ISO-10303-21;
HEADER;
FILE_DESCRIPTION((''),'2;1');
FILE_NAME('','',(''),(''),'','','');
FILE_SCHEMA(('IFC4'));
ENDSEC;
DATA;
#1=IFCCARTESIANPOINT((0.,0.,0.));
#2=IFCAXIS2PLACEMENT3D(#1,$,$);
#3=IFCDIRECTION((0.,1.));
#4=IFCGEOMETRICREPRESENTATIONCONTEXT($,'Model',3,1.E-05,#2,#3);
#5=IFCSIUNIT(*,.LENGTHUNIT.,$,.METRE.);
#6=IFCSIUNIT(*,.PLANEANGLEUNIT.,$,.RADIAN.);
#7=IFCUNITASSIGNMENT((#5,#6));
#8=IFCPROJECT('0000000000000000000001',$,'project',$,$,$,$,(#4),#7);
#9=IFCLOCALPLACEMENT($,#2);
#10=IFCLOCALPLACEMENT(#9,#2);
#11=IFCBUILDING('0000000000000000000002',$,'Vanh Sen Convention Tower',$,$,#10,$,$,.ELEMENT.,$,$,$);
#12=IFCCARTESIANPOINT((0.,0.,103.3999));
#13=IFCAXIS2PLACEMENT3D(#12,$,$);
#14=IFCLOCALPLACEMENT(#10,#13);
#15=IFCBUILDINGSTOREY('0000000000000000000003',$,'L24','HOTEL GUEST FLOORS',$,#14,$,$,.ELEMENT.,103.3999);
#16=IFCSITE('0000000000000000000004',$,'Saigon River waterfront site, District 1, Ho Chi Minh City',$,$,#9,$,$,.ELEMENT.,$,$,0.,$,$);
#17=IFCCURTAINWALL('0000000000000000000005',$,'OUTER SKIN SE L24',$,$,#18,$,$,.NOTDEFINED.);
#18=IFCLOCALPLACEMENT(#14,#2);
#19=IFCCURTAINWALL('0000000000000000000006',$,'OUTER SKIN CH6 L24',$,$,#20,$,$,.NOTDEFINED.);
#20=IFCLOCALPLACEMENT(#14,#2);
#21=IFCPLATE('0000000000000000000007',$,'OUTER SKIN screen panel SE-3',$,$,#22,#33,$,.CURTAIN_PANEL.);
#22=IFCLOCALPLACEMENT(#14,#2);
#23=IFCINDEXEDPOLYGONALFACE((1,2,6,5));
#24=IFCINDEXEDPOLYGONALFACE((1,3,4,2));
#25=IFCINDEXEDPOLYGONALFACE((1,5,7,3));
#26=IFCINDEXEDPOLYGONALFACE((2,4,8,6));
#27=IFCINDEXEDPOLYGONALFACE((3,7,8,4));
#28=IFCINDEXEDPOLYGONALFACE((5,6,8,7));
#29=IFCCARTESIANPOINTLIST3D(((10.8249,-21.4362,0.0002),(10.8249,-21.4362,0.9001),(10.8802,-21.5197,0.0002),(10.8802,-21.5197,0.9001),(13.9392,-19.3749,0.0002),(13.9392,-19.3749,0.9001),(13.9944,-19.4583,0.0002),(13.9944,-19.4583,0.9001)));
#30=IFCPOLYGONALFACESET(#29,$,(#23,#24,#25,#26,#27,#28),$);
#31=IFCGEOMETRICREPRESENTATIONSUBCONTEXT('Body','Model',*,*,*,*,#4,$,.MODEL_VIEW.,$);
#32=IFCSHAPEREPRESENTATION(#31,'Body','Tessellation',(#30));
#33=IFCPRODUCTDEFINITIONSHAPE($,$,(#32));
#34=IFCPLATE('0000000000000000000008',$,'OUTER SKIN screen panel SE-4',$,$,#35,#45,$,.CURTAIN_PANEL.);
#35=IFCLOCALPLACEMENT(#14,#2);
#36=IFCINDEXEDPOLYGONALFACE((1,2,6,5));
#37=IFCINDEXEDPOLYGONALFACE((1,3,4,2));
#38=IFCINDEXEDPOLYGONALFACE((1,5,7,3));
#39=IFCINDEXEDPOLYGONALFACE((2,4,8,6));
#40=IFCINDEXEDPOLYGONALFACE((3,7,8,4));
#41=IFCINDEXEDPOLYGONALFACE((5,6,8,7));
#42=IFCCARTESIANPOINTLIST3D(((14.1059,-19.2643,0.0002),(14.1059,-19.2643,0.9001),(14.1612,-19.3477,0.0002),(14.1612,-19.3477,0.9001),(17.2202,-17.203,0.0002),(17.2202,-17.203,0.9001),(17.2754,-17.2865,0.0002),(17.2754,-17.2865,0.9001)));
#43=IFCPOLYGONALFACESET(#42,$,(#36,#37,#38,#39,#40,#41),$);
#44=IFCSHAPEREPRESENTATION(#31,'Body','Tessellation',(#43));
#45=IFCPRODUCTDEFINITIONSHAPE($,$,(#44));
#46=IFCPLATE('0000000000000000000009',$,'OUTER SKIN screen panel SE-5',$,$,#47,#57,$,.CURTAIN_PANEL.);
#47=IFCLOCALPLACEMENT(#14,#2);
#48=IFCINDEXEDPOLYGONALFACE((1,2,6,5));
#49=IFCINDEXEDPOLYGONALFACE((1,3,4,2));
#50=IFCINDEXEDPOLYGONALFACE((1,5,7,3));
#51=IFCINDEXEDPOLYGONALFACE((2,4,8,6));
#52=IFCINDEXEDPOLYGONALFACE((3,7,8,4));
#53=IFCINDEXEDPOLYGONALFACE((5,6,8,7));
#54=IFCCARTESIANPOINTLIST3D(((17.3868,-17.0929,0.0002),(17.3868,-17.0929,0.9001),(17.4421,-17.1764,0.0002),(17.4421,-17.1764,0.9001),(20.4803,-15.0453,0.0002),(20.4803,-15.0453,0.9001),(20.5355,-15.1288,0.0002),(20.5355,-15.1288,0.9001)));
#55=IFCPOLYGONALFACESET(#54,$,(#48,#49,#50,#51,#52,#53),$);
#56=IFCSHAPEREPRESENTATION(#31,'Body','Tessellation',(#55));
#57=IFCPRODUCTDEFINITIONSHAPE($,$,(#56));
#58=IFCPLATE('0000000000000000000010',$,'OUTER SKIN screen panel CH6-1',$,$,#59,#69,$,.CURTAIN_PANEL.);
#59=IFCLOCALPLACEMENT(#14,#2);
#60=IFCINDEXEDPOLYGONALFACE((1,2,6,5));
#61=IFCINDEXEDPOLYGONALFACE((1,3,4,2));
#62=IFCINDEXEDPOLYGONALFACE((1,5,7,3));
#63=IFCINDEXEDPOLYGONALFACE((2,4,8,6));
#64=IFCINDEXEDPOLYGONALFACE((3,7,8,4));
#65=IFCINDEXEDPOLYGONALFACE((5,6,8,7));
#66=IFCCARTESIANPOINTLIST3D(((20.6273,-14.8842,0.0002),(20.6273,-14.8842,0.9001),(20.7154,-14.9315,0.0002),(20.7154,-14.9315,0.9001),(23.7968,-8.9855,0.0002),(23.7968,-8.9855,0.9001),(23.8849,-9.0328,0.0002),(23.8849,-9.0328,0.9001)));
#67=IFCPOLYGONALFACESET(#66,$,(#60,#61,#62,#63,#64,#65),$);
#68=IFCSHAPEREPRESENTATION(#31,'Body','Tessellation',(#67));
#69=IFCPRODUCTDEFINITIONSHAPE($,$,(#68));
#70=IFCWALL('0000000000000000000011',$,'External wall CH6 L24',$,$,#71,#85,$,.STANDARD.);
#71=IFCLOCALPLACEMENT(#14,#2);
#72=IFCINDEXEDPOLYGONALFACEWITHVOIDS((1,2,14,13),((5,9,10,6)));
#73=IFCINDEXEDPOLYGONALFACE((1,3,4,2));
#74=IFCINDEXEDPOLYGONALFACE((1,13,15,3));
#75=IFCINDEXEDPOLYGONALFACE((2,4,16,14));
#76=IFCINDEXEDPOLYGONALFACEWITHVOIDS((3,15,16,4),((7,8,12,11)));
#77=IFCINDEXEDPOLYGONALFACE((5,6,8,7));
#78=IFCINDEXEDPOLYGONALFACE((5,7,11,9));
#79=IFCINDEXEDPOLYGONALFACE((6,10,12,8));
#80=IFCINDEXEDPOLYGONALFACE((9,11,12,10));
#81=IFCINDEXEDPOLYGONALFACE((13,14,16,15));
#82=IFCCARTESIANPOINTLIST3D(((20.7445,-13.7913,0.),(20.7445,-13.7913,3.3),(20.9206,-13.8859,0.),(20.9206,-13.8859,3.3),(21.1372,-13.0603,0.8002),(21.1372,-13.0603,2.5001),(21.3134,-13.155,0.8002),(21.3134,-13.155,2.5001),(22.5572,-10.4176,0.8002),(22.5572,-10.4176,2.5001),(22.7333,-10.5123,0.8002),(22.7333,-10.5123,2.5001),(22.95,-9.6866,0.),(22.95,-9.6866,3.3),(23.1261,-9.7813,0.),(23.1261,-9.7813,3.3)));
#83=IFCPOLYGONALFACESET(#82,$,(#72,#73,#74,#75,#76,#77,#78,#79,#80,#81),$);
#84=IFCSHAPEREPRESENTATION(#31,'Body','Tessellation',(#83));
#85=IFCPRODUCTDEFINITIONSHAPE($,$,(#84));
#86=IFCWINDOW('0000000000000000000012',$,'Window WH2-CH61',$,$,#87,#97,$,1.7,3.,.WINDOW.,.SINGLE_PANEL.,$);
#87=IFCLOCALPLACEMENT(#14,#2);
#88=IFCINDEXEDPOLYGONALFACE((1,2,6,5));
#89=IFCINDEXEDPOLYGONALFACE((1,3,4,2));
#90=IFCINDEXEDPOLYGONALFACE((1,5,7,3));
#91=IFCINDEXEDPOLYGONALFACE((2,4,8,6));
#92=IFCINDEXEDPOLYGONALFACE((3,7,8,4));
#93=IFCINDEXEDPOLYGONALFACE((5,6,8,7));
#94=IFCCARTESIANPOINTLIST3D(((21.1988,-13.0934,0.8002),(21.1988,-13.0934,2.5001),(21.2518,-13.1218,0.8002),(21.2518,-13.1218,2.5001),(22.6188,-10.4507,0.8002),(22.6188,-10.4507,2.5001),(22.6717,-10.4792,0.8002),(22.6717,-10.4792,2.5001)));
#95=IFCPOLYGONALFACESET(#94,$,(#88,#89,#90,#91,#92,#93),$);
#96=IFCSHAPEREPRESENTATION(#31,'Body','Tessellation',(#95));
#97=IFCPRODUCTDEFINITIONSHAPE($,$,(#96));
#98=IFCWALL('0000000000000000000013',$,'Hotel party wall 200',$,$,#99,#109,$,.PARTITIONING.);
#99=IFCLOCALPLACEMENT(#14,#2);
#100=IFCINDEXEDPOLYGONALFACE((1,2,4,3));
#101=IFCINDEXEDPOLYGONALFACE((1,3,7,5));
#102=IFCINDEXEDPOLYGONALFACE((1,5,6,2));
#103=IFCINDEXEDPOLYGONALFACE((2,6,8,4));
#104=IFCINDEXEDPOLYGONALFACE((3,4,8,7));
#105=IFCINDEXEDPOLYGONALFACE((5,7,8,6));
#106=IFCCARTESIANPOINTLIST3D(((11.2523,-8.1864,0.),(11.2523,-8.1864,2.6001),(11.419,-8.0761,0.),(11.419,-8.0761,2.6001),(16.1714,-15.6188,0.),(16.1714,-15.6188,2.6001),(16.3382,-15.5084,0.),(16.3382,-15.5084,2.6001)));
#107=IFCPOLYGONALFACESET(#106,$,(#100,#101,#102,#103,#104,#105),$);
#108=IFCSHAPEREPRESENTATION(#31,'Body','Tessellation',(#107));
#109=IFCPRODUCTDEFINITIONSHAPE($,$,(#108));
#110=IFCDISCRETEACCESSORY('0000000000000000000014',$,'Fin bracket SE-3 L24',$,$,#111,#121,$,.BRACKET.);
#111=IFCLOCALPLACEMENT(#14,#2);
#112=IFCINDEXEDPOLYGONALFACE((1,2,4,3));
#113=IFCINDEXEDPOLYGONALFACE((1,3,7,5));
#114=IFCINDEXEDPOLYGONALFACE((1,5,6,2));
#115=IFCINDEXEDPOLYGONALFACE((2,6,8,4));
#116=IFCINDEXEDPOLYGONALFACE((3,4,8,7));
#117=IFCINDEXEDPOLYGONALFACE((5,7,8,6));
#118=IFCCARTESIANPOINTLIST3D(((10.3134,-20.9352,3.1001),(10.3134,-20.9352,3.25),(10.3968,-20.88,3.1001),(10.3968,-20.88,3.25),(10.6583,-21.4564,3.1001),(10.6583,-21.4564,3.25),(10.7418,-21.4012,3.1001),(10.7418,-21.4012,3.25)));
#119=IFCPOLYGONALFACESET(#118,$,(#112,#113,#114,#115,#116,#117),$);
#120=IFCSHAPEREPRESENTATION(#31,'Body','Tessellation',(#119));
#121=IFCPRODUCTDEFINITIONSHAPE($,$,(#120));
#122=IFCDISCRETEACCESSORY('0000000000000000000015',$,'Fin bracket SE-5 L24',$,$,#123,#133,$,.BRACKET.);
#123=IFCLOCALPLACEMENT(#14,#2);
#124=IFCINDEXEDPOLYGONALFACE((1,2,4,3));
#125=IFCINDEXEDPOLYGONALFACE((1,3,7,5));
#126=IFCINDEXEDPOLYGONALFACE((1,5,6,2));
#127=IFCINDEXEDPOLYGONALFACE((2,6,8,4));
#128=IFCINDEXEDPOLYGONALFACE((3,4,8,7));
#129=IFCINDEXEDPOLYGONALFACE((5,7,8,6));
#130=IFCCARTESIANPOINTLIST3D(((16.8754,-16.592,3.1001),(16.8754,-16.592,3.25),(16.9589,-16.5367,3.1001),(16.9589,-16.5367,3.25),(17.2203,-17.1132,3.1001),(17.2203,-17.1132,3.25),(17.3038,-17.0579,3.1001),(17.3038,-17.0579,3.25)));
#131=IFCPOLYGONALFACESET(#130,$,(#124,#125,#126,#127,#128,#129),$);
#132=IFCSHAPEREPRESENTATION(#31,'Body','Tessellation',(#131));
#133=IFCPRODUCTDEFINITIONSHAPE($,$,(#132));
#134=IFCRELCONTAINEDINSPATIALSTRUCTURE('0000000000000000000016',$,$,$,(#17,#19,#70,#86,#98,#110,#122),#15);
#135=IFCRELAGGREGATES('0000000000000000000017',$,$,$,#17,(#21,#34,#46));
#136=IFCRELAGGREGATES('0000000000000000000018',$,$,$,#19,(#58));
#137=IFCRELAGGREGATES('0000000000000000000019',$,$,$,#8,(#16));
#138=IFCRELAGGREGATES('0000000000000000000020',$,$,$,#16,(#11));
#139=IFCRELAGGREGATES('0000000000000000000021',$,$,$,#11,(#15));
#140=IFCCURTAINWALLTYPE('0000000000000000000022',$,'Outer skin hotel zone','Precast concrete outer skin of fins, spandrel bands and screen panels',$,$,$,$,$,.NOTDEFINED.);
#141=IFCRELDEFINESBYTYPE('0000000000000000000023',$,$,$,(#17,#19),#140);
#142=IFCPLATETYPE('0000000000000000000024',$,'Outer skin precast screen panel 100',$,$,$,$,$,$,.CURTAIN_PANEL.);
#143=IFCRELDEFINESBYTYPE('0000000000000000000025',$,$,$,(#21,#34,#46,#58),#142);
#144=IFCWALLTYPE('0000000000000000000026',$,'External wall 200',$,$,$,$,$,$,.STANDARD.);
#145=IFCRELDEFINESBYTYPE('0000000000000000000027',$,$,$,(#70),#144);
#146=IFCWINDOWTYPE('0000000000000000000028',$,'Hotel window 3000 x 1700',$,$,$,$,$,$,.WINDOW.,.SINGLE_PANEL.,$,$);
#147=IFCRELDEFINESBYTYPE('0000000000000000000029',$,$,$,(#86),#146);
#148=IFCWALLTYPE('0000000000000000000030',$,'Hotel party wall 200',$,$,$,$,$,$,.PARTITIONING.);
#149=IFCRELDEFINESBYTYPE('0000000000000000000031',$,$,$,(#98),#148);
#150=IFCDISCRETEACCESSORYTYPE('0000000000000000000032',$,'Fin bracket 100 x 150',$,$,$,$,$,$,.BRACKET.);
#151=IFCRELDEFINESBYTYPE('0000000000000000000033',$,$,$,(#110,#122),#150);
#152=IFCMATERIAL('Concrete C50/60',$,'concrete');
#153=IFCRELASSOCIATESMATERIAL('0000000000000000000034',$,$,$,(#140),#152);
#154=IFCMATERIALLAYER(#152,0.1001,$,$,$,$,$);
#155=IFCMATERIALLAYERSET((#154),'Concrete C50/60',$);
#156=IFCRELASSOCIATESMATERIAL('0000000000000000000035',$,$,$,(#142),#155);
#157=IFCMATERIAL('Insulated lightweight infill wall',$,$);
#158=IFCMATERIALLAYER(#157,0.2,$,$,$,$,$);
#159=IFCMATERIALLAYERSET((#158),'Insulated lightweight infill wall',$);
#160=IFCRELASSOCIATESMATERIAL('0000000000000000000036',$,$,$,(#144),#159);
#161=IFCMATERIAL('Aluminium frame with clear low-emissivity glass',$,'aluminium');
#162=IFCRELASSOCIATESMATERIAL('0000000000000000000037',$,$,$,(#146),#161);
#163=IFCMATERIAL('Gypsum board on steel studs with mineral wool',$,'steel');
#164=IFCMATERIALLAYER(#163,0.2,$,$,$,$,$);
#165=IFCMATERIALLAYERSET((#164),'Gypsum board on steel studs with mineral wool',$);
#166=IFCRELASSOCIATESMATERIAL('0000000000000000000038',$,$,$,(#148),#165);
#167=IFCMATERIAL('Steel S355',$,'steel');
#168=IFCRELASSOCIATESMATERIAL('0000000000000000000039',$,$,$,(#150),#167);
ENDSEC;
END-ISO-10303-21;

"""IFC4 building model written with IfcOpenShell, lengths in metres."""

from ifc_helpers import new_model, si_unit, direction, frame, frame_2d, origin, origin_2d, place, context, subcontext, project, spatial, rectangle, extrude, material, layer, layer_set, type_object, element, fill, aggregate, save


model = new_model("IFC4")

# Units and contexts
model_context = context("Model", 3, precision=1e-05, world=origin(), true_north=direction((0.0, 1.0)))
body_context = subcontext(model_context, "Body", "Model", "MODEL_VIEW")
ifc_project = project(units=[si_unit("LENGTHUNIT", "METRE"), si_unit("PLANEANGLEUNIT", "RADIAN")], contexts=[model_context])

# Site, building, storey
site_placement = place(None, origin())
site = spatial("IfcSite", under=ifc_project, at=site_placement, Name="Saigon River waterfront site, District 1, Ho Chi Minh City", CompositionType="ELEMENT", RefElevation=0.0)
building_placement = place(site_placement, origin())
building = spatial("IfcBuilding", under=site, at=building_placement, Name="Vanh Sen Convention Tower", CompositionType="ELEMENT")
storey_placement = place(building_placement, frame((0.0, 0.0, 103.3999)))
storey = spatial("IfcBuildingStorey", under=building, at=storey_placement, Name="L24", Description="HOTEL GUEST FLOORS", CompositionType="ELEMENT", Elevation=103.3999)

# Curtain wall
ifc_material_1 = material(Name="Concrete C50/60", Category="concrete")
curtain_wall_type = type_object("IfcCurtainWallType", Name="Outer skin hotel zone", Description="Precast concrete outer skin of fins, spandrel bands and screen panels", PredefinedType="NOTDEFINED", material=ifc_material_1)
curtain_wall_1_placement = place(storey_placement, origin())
curtain_wall_1 = element("IfcCurtainWall", 1, at=curtain_wall_1_placement, inside=storey, type_object=curtain_wall_type, Name="OUTER SKIN SE L24", PredefinedType="NOTDEFINED")

# Curtain wall
curtain_wall_2_placement = place(storey_placement, origin())
curtain_wall_2 = element("IfcCurtainWall", 2, at=curtain_wall_2_placement, inside=storey, type_object=curtain_wall_type, Name="OUTER SKIN CH6 L24", PredefinedType="NOTDEFINED")

# Plates
ifc_layer_1 = layer(ifc_material_1, 0.1001)
ifc_layer_set_1 = layer_set([ifc_layer_1], Name="Concrete C50/60")
plate_type = type_object("IfcPlateType", Name="Outer skin precast screen panel 100", PredefinedType="CURTAIN_PANEL", material=ifc_layer_set_1)
plate_1_placement = place(storey_placement, frame((12.4097, -20.4473, 0.0002), z_axis=(0.0, 0.0, 1.0), x_axis=(0.83388, 0.551946, 0.0)))
plate_1 = element("IfcPlate", 3, at=plate_1_placement, type_object=plate_type, Name="OUTER SKIN screen panel SE-3", PredefinedType="CURTAIN_PANEL", context=body_context, shape_type="SweptSolid", body=[
    extrude(rectangle(XDim=3.7346, YDim=0.1001, at=origin_2d()), origin(), (0.0, 0.0, 1.0), 0.8999),
])
plate_2_placement = place(storey_placement, frame((15.6907, -18.2754, 0.0002), z_axis=(0.0, 0.0, 1.0), x_axis=(0.833892, 0.551928, 0.0)))
plate_2 = element("IfcPlate", 4, at=plate_2_placement, type_object=plate_type, Name="OUTER SKIN screen panel SE-4", PredefinedType="CURTAIN_PANEL", context=body_context, shape_type="SweptSolid", body=[
    extrude(rectangle(XDim=3.7346, YDim=0.1001, at=origin_2d()), origin(), (0.0, 0.0, 1.0), 0.8999),
])
plate_3_placement = place(storey_placement, frame((18.9612, -16.1108, 0.0002), z_axis=(0.0, 0.0, 1.0), x_axis=(0.83388, 0.551946, 0.0)))
plate_3 = element("IfcPlate", 5, at=plate_3_placement, type_object=plate_type, Name="OUTER SKIN screen panel SE-5", PredefinedType="CURTAIN_PANEL", context=body_context, shape_type="SweptSolid", body=[
    extrude(rectangle(XDim=3.7097, YDim=0.1001, at=origin_2d()), origin(), (0.0, 0.0, 1.0), 0.8999),
])
aggregate(curtain_wall_1, [plate_1, plate_2, plate_3])
plate_4_placement = place(storey_placement, frame((22.2561, -11.9585, 0.0002), z_axis=(0.0, 0.0, 1.0), x_axis=(0.473323, 0.880889, 0.0)))
plate_4 = element("IfcPlate", 6, at=plate_4_placement, type_object=plate_type, Name="OUTER SKIN screen panel CH6-1", PredefinedType="CURTAIN_PANEL", context=body_context, shape_type="SweptSolid", body=[
    extrude(rectangle(XDim=6.6963, YDim=0.1001, at=origin_2d()), origin(), (0.0, 0.0, 1.0), 0.8999),
])
aggregate(curtain_wall_2, [plate_4])

# Wall, opening, window
ifc_material_2 = material(Name="Insulated lightweight infill wall")
ifc_layer_2 = layer(ifc_material_2, 0.2)
ifc_layer_set_2 = layer_set([ifc_layer_2], Name="Insulated lightweight infill wall")
wall_type_1 = type_object("IfcWallType", Name="External wall 200", PredefinedType="STANDARD", material=ifc_layer_set_2)
wall_1_placement = place(storey_placement, frame((20.8325, -13.8386, 0.0), z_axis=(0.0, 0.0, 1.0), x_axis=(0.473322, 0.88089, 0.0)))
wall_1 = element("IfcWall", 7, at=wall_1_placement, inside=storey, type_object=wall_type_1, Name="External wall CH6 L24", PredefinedType="STANDARD", context=body_context, shape_type="SweptSolid", body=[
    extrude(rectangle(XDim=4.6597, YDim=0.2, at=frame_2d((2.3298, 0.0))), origin(), (0.0, 0.0, 1.0), 3.3),
])
opening_placement = place(wall_1_placement, frame((0.8298, 0.0, 0.8)))
opening = element("IfcOpeningElement", 8, at=opening_placement, cuts=wall_1, PredefinedType="OPENING", context=body_context, shape_type="SweptSolid", body=[
    extrude(rectangle(XDim=3.0, YDim=1.7, at=frame_2d((1.5, 0.8501))), frame((0.0, 0.1099, 0.0), z_axis=(0.0, -1.0, 0.0), x_axis=(1.0, 0.0, 0.0)), (0.0, 0.0, 1.0), 0.22),
])
ifc_material_3 = material(Name="Aluminium frame with clear low-emissivity glass", Category="aluminium")
window_type = type_object("IfcWindowType", Name="Hotel window 3000 x 1700", PartitioningType="SINGLE_PANEL", PredefinedType="WINDOW", material=ifc_material_3)
window_placement = place(opening_placement, origin())
window = element("IfcWindow", 9, at=window_placement, inside=storey, type_object=window_type, Name="Window WH2-CH61", OverallHeight=1.7, OverallWidth=3.0, PartitioningType="SINGLE_PANEL", PredefinedType="WINDOW", context=body_context, shape_type="SweptSolid", body=[
    extrude(rectangle(XDim=3.0, YDim=1.7, at=frame_2d((1.5, 0.8501))), frame((0.0, 0.03, 0.0), z_axis=(0.0, -1.0, 0.0), x_axis=(1.0, 0.0, 0.0)), (0.0, 0.0, 1.0), 0.0601),
])
fill(opening, window)

# Wall
ifc_material_4 = material(Name="Gypsum board on steel studs with mineral wool", Category="steel")
ifc_layer_3 = layer(ifc_material_4, 0.2)
ifc_layer_set_3 = layer_set([ifc_layer_3], Name="Gypsum board on steel studs with mineral wool")
wall_type_2 = type_object("IfcWallType", Name="Hotel party wall 200", PredefinedType="PARTITIONING", material=ifc_layer_set_3)
wall_2_placement = place(storey_placement, frame((16.2549, -15.5637, 0.0), z_axis=(0.0, 0.0, 1.0), x_axis=(-0.551922, 0.833896, 0.0)))
element("IfcWall", 10, at=wall_2_placement, inside=storey, type_object=wall_type_2, Name="Hotel party wall 200", PredefinedType="PARTITIONING", context=body_context, shape_type="SweptSolid", body=[
    extrude(rectangle(XDim=8.9128, YDim=0.2, at=frame_2d((4.4565, 0.0))), origin(), (0.0, 0.0, 1.0), 2.6001),
])

# Discrete accessories
ifc_material_5 = material(Name="Steel S355", Category="steel")
discrete_accessory_type = type_object("IfcDiscreteAccessoryType", Name="Fin bracket 100 x 150", PredefinedType="BRACKET", material=ifc_material_5)
for number, where, z_axis, x_axis, name in (
    (11, (10.5276, -21.1682, 3.1001), (0.0, 0.0, 1.0), (0.551937, -0.833886, 0.0), "Fin bracket SE-3 L24"),
    (12, (17.0896, -16.825, 3.1001), (0.0, 0.0, 1.0), (0.551937, -0.833886, 0.0), "Fin bracket SE-5 L24"),
):
    element("IfcDiscreteAccessory", number, at=place(storey_placement, frame(where, z_axis=z_axis, x_axis=x_axis)), inside=storey, type_object=discrete_accessory_type, Name=name, PredefinedType="BRACKET", context=body_context, shape_type="SweptSolid", body=[
        extrude(rectangle(XDim=0.625, YDim=0.1001, at=origin_2d()), origin(), (0.0, 0.0, 1.0), 0.1499),
    ])

save(model, "model.ifc")
